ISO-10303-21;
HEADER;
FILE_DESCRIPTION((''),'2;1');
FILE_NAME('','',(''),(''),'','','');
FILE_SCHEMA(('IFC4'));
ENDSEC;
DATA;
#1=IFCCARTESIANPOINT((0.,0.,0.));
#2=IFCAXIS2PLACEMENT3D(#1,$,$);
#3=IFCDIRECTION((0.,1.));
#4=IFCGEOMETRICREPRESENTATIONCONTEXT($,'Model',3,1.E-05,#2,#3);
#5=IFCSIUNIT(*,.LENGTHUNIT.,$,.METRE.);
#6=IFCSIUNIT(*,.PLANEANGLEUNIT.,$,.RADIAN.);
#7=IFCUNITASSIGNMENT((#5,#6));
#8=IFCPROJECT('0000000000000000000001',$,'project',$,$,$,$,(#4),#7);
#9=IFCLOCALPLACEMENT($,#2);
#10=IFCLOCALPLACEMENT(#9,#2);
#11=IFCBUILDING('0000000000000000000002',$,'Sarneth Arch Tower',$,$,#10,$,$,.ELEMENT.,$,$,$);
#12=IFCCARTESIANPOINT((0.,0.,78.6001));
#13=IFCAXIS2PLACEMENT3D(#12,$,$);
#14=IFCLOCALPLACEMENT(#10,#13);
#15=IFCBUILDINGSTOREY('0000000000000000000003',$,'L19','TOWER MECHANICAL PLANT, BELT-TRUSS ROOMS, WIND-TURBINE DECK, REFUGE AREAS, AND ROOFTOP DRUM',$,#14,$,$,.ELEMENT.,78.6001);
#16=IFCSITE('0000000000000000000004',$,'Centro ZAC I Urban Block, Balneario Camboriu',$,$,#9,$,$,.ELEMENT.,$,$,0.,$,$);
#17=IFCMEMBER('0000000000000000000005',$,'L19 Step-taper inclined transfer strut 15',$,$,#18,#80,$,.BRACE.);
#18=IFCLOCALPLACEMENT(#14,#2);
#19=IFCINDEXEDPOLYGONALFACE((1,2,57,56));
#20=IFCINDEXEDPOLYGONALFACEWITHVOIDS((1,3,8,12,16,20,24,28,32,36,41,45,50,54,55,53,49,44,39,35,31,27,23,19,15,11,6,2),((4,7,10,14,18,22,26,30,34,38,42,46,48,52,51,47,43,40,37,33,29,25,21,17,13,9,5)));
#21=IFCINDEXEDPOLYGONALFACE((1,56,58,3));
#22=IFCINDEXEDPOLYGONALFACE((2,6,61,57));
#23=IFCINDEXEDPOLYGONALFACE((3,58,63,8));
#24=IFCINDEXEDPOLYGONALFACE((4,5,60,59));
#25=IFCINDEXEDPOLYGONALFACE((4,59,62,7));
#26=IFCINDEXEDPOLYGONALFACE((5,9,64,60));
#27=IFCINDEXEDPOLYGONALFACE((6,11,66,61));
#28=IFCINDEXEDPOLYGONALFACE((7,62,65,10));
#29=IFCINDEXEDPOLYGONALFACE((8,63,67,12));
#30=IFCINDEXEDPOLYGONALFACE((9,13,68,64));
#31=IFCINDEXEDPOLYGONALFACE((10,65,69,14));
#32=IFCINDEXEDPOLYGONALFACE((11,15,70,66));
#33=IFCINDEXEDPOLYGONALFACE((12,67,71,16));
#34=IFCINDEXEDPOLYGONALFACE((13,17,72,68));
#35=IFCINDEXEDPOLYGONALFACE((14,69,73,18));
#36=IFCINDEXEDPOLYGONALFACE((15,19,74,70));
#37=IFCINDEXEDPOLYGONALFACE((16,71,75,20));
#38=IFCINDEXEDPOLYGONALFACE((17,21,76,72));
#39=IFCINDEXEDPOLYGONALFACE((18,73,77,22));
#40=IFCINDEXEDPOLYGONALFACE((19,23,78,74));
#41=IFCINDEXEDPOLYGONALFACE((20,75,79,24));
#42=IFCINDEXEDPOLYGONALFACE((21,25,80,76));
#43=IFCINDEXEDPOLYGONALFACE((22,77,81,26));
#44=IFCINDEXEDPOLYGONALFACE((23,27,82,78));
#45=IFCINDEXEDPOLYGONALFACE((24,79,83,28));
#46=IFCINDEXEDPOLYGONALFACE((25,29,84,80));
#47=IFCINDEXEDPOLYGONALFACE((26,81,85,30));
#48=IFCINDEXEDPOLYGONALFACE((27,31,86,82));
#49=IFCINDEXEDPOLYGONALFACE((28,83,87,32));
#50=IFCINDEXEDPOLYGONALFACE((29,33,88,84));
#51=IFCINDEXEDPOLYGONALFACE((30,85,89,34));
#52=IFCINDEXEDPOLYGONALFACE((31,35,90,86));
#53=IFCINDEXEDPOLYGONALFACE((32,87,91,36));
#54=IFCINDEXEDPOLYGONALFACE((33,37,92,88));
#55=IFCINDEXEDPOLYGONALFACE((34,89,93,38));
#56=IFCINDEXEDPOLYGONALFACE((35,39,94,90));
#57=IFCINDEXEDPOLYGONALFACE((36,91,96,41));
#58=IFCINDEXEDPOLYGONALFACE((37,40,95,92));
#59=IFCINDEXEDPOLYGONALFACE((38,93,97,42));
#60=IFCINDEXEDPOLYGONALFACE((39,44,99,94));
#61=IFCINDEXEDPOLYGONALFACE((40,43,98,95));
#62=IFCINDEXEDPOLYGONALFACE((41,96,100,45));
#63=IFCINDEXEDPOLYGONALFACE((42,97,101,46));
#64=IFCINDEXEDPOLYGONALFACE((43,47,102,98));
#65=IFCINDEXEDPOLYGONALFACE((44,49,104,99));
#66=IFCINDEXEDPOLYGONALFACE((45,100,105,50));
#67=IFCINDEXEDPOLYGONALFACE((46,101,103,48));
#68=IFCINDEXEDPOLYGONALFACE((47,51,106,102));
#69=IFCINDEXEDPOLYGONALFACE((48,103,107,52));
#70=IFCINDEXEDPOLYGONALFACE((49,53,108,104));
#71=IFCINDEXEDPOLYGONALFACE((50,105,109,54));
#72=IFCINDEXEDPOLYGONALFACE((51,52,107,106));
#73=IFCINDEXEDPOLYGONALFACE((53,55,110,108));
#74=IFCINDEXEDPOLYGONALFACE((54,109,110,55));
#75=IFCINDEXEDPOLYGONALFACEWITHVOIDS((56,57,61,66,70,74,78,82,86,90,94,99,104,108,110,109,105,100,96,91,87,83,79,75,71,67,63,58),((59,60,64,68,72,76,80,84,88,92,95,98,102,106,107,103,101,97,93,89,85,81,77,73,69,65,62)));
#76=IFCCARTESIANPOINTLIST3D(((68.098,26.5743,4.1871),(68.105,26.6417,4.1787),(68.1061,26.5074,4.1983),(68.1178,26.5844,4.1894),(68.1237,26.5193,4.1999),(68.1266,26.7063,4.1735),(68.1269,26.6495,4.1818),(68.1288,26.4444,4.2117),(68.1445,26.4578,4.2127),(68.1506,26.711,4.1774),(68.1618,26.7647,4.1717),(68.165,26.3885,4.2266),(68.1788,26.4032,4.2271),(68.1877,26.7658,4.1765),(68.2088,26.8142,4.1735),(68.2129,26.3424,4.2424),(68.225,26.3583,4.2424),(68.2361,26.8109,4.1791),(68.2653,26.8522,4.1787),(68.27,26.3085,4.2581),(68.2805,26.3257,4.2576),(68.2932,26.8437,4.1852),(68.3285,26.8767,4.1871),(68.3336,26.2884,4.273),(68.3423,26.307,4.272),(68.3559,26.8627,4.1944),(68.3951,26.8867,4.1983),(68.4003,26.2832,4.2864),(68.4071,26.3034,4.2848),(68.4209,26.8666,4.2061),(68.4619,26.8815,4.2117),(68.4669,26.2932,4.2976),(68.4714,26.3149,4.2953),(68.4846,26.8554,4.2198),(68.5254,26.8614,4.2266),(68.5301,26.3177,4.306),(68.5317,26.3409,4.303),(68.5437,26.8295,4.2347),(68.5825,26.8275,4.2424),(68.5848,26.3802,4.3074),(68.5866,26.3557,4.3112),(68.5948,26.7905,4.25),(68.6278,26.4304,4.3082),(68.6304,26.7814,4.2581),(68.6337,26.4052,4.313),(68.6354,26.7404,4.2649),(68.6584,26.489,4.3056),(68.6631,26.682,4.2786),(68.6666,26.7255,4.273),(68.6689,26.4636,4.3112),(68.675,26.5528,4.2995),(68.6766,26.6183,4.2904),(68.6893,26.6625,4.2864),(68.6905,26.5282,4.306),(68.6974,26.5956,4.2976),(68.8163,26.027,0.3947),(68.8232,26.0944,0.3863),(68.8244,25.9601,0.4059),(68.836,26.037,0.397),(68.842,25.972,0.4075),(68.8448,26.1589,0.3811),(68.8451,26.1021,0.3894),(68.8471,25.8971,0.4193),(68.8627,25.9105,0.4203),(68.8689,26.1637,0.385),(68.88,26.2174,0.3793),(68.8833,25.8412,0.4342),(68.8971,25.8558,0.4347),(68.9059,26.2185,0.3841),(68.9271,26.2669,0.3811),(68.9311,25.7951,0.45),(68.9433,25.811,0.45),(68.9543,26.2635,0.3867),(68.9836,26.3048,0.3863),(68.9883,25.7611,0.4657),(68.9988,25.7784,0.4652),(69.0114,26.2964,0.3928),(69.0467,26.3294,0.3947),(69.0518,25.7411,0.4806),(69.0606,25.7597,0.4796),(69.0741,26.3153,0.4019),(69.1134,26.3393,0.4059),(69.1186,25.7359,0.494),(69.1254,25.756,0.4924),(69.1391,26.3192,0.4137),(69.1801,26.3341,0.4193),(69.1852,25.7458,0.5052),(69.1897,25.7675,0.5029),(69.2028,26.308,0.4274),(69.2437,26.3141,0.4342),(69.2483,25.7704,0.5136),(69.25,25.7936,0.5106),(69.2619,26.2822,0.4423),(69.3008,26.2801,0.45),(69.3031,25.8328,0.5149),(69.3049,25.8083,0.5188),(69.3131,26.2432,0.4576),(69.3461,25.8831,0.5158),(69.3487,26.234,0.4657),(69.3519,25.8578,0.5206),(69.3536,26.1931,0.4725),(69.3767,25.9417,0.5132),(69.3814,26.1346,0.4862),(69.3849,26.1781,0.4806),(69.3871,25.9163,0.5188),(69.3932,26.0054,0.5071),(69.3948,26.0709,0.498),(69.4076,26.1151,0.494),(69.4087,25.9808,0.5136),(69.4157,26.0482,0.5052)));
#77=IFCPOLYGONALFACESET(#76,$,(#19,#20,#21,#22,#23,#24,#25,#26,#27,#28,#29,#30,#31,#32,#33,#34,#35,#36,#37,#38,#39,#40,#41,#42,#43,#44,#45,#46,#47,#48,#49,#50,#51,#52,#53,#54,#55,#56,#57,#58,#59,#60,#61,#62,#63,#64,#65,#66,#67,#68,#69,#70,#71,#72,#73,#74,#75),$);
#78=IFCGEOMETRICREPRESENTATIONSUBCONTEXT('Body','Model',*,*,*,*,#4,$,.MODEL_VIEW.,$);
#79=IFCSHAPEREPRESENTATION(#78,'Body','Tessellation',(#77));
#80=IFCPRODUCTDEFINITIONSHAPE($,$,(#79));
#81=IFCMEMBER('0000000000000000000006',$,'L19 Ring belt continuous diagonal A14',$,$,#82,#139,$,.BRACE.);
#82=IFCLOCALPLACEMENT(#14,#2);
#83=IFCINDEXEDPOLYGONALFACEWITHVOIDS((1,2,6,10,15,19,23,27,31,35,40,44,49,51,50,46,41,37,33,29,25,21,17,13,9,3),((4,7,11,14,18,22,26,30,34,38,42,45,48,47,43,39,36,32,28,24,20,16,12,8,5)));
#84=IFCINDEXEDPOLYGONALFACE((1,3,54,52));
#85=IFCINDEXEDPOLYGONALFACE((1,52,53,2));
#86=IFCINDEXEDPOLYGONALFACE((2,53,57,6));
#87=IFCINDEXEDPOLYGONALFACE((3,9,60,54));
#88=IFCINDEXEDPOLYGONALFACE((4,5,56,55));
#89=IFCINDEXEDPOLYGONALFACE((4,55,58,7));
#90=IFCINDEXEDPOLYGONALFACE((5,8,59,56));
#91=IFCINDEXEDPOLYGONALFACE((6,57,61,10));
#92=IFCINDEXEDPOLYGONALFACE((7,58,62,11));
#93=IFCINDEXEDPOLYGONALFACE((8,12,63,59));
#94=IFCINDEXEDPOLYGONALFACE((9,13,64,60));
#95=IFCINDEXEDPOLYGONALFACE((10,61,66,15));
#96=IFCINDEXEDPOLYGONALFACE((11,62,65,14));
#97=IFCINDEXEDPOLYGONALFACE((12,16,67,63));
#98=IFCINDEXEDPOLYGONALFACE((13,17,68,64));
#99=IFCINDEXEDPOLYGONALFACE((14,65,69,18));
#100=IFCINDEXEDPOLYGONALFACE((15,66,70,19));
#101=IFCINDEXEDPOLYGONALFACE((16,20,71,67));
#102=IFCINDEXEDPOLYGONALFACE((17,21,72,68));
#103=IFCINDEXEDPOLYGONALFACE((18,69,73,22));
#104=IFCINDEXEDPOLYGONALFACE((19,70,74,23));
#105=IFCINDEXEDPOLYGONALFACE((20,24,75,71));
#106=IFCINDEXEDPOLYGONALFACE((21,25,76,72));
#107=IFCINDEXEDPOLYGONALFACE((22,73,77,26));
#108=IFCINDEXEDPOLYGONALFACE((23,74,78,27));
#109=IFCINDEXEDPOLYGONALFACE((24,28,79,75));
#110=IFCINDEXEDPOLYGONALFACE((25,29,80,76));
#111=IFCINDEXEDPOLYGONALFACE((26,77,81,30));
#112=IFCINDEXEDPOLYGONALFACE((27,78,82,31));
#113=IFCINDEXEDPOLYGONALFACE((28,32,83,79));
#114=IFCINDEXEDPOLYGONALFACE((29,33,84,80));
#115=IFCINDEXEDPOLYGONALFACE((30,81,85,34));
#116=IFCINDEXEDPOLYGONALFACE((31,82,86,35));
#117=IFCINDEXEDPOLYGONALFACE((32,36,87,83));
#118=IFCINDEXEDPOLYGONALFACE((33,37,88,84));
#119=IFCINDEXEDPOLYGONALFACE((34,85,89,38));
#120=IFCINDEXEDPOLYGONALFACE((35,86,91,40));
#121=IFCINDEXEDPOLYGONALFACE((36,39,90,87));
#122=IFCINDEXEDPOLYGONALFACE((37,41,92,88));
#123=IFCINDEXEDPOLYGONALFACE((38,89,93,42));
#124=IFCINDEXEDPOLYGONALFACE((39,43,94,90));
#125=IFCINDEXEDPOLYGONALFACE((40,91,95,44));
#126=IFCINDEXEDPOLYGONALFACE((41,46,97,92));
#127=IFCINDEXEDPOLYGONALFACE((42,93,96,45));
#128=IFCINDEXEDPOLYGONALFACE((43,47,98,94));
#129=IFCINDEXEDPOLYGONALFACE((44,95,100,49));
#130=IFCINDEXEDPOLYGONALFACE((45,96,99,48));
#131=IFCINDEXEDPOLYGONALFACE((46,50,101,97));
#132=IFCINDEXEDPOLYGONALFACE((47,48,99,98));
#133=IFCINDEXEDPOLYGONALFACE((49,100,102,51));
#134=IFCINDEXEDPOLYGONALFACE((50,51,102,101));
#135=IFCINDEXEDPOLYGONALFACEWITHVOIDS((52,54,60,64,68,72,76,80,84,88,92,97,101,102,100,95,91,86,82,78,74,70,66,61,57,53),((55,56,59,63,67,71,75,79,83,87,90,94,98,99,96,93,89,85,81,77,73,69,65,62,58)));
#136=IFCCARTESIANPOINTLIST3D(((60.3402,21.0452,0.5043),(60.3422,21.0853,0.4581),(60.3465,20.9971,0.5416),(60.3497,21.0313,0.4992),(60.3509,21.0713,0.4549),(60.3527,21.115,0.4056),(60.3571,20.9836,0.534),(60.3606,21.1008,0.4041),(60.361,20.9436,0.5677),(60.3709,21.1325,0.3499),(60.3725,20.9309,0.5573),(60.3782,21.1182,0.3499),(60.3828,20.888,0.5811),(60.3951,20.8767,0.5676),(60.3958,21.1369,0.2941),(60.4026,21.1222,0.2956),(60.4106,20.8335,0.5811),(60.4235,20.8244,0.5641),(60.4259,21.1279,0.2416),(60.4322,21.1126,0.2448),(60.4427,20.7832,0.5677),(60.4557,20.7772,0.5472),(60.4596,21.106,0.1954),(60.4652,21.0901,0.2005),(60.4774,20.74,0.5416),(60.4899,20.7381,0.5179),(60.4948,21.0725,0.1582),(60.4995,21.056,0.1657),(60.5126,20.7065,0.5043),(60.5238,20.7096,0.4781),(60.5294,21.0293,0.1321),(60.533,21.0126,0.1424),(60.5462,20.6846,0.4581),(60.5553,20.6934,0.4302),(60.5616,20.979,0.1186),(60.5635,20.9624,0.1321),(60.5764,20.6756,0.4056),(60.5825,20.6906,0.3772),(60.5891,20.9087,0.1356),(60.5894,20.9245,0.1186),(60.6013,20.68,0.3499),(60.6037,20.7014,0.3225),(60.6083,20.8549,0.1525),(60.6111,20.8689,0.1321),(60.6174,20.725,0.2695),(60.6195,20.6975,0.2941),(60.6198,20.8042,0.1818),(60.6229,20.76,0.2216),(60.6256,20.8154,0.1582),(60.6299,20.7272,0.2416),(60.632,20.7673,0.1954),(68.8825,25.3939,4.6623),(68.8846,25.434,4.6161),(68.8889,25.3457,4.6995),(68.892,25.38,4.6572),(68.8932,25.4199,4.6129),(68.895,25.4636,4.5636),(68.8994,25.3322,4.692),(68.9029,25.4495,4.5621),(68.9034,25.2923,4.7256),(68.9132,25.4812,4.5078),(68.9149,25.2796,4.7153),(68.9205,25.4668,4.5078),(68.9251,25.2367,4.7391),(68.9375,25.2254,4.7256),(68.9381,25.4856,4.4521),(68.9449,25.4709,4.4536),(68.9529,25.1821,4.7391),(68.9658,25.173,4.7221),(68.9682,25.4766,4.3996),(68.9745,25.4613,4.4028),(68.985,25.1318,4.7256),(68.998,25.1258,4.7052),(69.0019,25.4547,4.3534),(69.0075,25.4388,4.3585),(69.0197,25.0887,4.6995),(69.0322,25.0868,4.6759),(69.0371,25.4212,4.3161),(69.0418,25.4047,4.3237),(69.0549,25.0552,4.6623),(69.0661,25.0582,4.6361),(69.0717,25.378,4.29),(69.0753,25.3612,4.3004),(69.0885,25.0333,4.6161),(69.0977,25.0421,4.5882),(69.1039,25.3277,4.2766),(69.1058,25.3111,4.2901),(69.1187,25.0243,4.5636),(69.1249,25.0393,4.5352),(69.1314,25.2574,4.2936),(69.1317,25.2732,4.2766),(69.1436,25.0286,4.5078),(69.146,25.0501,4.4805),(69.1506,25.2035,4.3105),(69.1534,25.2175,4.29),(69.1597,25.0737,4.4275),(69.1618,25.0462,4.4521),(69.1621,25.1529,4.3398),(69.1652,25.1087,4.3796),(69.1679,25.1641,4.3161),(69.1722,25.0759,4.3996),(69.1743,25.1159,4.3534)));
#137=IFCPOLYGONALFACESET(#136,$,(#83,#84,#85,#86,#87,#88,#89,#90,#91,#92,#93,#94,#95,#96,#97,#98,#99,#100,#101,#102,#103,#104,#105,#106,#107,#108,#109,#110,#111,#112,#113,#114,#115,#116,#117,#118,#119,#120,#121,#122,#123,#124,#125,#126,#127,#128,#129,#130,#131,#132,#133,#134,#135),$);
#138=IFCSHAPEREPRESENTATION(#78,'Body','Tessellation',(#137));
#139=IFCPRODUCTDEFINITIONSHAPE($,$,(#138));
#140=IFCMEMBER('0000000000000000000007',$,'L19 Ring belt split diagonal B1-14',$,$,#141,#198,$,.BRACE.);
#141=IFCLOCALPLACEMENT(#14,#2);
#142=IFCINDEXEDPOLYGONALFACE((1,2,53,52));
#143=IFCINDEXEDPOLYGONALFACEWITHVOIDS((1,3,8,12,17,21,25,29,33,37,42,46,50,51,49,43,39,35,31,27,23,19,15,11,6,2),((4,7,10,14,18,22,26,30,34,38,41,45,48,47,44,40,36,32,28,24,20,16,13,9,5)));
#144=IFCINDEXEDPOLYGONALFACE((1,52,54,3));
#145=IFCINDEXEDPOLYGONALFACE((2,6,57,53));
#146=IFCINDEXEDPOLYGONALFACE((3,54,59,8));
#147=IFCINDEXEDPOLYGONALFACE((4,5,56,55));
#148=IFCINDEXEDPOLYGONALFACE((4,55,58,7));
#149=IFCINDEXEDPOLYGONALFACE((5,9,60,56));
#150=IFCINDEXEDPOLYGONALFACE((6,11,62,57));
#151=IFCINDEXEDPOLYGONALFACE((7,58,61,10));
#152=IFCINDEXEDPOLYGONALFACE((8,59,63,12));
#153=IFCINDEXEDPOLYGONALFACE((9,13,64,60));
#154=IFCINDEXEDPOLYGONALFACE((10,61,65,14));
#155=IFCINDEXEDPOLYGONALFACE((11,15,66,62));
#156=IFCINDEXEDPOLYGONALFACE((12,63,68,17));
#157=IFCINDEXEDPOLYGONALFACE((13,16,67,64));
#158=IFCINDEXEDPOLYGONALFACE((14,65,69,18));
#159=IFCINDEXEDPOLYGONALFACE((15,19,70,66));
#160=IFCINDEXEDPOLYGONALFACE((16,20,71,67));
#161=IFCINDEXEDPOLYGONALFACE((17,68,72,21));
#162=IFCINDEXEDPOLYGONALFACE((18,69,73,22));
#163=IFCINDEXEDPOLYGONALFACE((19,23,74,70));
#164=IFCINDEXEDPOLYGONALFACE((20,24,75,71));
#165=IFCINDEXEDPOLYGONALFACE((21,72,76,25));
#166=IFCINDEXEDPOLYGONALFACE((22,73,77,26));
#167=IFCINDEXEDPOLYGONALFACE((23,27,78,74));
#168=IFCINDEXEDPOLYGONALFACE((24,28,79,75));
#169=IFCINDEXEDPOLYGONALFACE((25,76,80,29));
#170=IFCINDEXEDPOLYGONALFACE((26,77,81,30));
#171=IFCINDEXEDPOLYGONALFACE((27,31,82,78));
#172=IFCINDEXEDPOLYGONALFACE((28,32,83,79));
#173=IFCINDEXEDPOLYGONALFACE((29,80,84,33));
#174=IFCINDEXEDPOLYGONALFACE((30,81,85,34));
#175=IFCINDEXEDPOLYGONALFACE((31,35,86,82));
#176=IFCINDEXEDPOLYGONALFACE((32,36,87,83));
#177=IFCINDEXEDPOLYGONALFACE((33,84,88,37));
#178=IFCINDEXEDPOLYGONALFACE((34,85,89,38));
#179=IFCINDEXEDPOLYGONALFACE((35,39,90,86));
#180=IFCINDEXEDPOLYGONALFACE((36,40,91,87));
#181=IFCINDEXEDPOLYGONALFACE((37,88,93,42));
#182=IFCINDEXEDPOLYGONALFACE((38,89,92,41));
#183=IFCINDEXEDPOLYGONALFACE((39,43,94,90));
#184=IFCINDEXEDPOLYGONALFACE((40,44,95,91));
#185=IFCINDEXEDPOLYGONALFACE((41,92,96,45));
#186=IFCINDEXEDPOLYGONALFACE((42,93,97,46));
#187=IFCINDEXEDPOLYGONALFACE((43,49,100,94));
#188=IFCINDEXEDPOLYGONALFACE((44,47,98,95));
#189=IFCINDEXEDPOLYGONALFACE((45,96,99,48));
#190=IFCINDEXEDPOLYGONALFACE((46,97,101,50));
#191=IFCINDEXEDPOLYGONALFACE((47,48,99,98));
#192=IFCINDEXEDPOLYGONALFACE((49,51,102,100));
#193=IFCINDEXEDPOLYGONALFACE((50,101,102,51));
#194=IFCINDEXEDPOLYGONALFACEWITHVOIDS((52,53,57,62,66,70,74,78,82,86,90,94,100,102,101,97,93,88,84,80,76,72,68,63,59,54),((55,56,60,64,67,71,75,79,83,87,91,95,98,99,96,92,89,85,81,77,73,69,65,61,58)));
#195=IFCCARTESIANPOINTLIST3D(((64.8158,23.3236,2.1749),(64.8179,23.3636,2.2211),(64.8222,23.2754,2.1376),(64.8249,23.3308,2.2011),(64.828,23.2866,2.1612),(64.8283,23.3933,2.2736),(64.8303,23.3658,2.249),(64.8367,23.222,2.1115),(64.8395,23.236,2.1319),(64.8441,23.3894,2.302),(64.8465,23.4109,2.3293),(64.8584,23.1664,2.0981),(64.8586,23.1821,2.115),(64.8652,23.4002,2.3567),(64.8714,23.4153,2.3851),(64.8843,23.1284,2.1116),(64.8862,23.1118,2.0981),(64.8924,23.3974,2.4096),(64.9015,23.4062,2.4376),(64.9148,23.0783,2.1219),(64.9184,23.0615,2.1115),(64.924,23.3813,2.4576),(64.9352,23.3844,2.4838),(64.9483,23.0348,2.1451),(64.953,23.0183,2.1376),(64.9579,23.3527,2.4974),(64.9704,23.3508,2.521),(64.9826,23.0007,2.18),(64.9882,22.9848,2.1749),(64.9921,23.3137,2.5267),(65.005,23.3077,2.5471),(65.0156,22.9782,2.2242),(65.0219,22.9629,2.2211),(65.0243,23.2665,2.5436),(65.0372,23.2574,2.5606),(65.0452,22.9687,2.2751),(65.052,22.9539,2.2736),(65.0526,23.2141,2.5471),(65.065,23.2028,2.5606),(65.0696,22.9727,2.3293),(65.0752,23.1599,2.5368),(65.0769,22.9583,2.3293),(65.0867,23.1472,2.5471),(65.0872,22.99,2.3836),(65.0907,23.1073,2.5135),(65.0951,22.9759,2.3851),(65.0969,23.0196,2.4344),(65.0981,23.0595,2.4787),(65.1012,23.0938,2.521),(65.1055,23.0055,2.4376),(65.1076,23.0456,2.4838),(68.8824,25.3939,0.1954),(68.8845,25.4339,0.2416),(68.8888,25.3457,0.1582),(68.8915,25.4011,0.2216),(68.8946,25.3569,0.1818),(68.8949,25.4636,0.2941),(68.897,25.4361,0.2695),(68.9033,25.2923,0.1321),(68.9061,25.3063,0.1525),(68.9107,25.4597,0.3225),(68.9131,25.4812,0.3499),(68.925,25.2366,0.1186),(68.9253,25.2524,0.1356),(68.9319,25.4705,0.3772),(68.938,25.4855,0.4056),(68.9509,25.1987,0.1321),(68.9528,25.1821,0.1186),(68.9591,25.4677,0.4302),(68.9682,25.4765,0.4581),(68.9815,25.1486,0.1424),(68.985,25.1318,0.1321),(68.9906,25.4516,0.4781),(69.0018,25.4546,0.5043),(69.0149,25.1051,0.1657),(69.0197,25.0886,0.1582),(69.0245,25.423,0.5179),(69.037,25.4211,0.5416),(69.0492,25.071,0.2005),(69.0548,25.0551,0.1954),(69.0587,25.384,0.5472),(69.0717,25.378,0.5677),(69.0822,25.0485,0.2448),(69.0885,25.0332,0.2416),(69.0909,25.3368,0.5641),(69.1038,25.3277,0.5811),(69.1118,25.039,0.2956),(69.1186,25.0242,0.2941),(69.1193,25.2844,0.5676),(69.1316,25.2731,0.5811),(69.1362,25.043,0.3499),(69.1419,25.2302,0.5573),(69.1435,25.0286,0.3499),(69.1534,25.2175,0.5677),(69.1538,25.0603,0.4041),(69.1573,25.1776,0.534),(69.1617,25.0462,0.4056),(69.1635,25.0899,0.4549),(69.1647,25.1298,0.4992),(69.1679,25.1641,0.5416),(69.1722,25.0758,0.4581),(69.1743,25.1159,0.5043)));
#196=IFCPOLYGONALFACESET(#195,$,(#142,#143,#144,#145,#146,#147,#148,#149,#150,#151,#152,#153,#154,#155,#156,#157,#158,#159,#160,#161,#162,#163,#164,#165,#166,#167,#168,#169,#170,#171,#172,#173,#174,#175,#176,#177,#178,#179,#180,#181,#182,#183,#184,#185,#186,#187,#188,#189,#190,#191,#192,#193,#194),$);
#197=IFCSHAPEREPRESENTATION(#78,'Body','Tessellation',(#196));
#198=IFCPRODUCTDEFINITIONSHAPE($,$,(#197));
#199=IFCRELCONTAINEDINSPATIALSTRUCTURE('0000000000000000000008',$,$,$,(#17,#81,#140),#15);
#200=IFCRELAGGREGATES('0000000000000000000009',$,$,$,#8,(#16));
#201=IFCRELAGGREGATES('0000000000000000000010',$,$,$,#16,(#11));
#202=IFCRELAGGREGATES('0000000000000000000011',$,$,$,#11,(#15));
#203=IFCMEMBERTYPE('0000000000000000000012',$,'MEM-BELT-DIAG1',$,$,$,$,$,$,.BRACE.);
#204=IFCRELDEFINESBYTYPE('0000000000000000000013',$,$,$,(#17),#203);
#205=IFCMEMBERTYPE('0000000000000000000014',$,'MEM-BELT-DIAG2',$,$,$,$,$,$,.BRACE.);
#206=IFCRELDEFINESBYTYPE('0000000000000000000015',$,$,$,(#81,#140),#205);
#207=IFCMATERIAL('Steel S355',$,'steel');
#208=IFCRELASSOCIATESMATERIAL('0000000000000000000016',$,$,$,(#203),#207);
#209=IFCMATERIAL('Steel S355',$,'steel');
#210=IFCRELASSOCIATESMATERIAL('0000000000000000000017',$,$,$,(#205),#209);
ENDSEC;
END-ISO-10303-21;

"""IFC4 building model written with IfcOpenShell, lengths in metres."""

from ifc_helpers import new_model, si_unit, direction, frame, origin, origin_2d, place, context, subcontext, project, spatial, hollow_circle, extrude, material, material_profile, profile_set, type_object, element, save


model = new_model("IFC4")

# Units and contexts
model_context = context("Model", 3, precision=1e-05, world=origin(), true_north=direction((0.0, 1.0)))
body_context = subcontext(model_context, "Body", "Model", "MODEL_VIEW")
ifc_project = project(units=[si_unit("LENGTHUNIT", "METRE"), si_unit("PLANEANGLEUNIT", "RADIAN")], contexts=[model_context])

# Site, building, storey
site_placement = place(None, origin())
site = spatial("IfcSite", under=ifc_project, at=site_placement, Name="Centro ZAC I Urban Block, Balneario Camboriu", CompositionType="ELEMENT", RefElevation=0.0)
building_placement = place(site_placement, origin())
building = spatial("IfcBuilding", under=site, at=building_placement, Name="Sarneth Arch Tower", CompositionType="ELEMENT")
storey_placement = place(building_placement, frame((0.0, 0.0, 78.6001)))
storey = spatial("IfcBuildingStorey", under=building, at=storey_placement, Name="L19", Description="TOWER MECHANICAL PLANT, BELT-TRUSS ROOMS, WIND-TURBINE DECK, REFUGE AREAS, AND ROOFTOP DRUM", CompositionType="ELEMENT", Elevation=78.6001)

# Members
ifc_material_1 = material(Name="Steel S355", Category="steel")
ifc_material_profile_1 = material_profile(ifc_material_1, hollow_circle(Radius=0.3049, WallThickness=0.02, at=origin_2d()), Name="CHS610x20")
ifc_profile_set_1 = profile_set([ifc_material_profile_1], Name="Steel S355")
member_type_1 = type_object("IfcMemberType", Name="MEM-BELT-DIAG1", PredefinedType="BRACE", material=ifc_profile_set_1)
member_1_placement = place(storey_placement, frame((69.116, 26.0376, 0.45), z_axis=(-0.18424, 0.140403, 0.972801), x_axis=(-0.606125, -0.79537, 0.0)))
element("IfcMember", 1, at=member_1_placement, inside=storey, type_object=member_type_1, Name="L19 Step-taper inclined transfer strut 15", PredefinedType="BRACE", context=body_context, shape_type="SweptSolid", body=[
    extrude(hollow_circle(Radius=0.3049, WallThickness=0.02, at=origin_2d()), origin(), (0.0, 0.0, 1.0), 3.8984),
])
ifc_material_2 = material(Name="Steel S355", Category="steel")
ifc_material_profile_2 = material_profile(ifc_material_2, hollow_circle(Radius=0.2539, WallThickness=0.0161, at=origin_2d()), Name="CHS508x16")
ifc_profile_set_2 = profile_set([ifc_material_profile_2], Name="Steel S355")
member_type_2 = type_object("IfcMemberType", Name="MEM-BELT-DIAG2", PredefinedType="BRACE", material=ifc_profile_set_2)
member_2_placement = place(storey_placement, frame((60.4861, 20.9062, 0.3499), z_axis=(0.817564, 0.416201, 0.397952), x_axis=(-0.453671, 0.891169, 0.0)))
element("IfcMember", 2, at=member_2_placement, inside=storey, type_object=member_type_2, Name="L19 Ring belt continuous diagonal A14", PredefinedType="BRACE", context=body_context, shape_type="SweptSolid", body=[
    extrude(hollow_circle(Radius=0.2539, WallThickness=0.0161, at=origin_2d()), origin(), (0.0, 0.0, 1.0), 10.4485),
])
for number, where, z_axis, x_axis, name in (
    (3, (69.0283, 25.2549, 0.3499), (-0.817556, -0.416214, 0.397955), (0.453686, -0.891162, 0.0), "L19 Ring belt split diagonal B1-14"),
):
    element("IfcMember", number, at=place(storey_placement, frame(where, z_axis=z_axis, x_axis=x_axis)), inside=storey, type_object=member_type_2, Name=name, PredefinedType="BRACE", context=body_context, shape_type="SweptSolid", body=[
        extrude(hollow_circle(Radius=0.2539, WallThickness=0.0161, at=origin_2d()), origin(), (0.0, 0.0, 1.0), 4.9741),
    ])

save(model, "model.ifc")
